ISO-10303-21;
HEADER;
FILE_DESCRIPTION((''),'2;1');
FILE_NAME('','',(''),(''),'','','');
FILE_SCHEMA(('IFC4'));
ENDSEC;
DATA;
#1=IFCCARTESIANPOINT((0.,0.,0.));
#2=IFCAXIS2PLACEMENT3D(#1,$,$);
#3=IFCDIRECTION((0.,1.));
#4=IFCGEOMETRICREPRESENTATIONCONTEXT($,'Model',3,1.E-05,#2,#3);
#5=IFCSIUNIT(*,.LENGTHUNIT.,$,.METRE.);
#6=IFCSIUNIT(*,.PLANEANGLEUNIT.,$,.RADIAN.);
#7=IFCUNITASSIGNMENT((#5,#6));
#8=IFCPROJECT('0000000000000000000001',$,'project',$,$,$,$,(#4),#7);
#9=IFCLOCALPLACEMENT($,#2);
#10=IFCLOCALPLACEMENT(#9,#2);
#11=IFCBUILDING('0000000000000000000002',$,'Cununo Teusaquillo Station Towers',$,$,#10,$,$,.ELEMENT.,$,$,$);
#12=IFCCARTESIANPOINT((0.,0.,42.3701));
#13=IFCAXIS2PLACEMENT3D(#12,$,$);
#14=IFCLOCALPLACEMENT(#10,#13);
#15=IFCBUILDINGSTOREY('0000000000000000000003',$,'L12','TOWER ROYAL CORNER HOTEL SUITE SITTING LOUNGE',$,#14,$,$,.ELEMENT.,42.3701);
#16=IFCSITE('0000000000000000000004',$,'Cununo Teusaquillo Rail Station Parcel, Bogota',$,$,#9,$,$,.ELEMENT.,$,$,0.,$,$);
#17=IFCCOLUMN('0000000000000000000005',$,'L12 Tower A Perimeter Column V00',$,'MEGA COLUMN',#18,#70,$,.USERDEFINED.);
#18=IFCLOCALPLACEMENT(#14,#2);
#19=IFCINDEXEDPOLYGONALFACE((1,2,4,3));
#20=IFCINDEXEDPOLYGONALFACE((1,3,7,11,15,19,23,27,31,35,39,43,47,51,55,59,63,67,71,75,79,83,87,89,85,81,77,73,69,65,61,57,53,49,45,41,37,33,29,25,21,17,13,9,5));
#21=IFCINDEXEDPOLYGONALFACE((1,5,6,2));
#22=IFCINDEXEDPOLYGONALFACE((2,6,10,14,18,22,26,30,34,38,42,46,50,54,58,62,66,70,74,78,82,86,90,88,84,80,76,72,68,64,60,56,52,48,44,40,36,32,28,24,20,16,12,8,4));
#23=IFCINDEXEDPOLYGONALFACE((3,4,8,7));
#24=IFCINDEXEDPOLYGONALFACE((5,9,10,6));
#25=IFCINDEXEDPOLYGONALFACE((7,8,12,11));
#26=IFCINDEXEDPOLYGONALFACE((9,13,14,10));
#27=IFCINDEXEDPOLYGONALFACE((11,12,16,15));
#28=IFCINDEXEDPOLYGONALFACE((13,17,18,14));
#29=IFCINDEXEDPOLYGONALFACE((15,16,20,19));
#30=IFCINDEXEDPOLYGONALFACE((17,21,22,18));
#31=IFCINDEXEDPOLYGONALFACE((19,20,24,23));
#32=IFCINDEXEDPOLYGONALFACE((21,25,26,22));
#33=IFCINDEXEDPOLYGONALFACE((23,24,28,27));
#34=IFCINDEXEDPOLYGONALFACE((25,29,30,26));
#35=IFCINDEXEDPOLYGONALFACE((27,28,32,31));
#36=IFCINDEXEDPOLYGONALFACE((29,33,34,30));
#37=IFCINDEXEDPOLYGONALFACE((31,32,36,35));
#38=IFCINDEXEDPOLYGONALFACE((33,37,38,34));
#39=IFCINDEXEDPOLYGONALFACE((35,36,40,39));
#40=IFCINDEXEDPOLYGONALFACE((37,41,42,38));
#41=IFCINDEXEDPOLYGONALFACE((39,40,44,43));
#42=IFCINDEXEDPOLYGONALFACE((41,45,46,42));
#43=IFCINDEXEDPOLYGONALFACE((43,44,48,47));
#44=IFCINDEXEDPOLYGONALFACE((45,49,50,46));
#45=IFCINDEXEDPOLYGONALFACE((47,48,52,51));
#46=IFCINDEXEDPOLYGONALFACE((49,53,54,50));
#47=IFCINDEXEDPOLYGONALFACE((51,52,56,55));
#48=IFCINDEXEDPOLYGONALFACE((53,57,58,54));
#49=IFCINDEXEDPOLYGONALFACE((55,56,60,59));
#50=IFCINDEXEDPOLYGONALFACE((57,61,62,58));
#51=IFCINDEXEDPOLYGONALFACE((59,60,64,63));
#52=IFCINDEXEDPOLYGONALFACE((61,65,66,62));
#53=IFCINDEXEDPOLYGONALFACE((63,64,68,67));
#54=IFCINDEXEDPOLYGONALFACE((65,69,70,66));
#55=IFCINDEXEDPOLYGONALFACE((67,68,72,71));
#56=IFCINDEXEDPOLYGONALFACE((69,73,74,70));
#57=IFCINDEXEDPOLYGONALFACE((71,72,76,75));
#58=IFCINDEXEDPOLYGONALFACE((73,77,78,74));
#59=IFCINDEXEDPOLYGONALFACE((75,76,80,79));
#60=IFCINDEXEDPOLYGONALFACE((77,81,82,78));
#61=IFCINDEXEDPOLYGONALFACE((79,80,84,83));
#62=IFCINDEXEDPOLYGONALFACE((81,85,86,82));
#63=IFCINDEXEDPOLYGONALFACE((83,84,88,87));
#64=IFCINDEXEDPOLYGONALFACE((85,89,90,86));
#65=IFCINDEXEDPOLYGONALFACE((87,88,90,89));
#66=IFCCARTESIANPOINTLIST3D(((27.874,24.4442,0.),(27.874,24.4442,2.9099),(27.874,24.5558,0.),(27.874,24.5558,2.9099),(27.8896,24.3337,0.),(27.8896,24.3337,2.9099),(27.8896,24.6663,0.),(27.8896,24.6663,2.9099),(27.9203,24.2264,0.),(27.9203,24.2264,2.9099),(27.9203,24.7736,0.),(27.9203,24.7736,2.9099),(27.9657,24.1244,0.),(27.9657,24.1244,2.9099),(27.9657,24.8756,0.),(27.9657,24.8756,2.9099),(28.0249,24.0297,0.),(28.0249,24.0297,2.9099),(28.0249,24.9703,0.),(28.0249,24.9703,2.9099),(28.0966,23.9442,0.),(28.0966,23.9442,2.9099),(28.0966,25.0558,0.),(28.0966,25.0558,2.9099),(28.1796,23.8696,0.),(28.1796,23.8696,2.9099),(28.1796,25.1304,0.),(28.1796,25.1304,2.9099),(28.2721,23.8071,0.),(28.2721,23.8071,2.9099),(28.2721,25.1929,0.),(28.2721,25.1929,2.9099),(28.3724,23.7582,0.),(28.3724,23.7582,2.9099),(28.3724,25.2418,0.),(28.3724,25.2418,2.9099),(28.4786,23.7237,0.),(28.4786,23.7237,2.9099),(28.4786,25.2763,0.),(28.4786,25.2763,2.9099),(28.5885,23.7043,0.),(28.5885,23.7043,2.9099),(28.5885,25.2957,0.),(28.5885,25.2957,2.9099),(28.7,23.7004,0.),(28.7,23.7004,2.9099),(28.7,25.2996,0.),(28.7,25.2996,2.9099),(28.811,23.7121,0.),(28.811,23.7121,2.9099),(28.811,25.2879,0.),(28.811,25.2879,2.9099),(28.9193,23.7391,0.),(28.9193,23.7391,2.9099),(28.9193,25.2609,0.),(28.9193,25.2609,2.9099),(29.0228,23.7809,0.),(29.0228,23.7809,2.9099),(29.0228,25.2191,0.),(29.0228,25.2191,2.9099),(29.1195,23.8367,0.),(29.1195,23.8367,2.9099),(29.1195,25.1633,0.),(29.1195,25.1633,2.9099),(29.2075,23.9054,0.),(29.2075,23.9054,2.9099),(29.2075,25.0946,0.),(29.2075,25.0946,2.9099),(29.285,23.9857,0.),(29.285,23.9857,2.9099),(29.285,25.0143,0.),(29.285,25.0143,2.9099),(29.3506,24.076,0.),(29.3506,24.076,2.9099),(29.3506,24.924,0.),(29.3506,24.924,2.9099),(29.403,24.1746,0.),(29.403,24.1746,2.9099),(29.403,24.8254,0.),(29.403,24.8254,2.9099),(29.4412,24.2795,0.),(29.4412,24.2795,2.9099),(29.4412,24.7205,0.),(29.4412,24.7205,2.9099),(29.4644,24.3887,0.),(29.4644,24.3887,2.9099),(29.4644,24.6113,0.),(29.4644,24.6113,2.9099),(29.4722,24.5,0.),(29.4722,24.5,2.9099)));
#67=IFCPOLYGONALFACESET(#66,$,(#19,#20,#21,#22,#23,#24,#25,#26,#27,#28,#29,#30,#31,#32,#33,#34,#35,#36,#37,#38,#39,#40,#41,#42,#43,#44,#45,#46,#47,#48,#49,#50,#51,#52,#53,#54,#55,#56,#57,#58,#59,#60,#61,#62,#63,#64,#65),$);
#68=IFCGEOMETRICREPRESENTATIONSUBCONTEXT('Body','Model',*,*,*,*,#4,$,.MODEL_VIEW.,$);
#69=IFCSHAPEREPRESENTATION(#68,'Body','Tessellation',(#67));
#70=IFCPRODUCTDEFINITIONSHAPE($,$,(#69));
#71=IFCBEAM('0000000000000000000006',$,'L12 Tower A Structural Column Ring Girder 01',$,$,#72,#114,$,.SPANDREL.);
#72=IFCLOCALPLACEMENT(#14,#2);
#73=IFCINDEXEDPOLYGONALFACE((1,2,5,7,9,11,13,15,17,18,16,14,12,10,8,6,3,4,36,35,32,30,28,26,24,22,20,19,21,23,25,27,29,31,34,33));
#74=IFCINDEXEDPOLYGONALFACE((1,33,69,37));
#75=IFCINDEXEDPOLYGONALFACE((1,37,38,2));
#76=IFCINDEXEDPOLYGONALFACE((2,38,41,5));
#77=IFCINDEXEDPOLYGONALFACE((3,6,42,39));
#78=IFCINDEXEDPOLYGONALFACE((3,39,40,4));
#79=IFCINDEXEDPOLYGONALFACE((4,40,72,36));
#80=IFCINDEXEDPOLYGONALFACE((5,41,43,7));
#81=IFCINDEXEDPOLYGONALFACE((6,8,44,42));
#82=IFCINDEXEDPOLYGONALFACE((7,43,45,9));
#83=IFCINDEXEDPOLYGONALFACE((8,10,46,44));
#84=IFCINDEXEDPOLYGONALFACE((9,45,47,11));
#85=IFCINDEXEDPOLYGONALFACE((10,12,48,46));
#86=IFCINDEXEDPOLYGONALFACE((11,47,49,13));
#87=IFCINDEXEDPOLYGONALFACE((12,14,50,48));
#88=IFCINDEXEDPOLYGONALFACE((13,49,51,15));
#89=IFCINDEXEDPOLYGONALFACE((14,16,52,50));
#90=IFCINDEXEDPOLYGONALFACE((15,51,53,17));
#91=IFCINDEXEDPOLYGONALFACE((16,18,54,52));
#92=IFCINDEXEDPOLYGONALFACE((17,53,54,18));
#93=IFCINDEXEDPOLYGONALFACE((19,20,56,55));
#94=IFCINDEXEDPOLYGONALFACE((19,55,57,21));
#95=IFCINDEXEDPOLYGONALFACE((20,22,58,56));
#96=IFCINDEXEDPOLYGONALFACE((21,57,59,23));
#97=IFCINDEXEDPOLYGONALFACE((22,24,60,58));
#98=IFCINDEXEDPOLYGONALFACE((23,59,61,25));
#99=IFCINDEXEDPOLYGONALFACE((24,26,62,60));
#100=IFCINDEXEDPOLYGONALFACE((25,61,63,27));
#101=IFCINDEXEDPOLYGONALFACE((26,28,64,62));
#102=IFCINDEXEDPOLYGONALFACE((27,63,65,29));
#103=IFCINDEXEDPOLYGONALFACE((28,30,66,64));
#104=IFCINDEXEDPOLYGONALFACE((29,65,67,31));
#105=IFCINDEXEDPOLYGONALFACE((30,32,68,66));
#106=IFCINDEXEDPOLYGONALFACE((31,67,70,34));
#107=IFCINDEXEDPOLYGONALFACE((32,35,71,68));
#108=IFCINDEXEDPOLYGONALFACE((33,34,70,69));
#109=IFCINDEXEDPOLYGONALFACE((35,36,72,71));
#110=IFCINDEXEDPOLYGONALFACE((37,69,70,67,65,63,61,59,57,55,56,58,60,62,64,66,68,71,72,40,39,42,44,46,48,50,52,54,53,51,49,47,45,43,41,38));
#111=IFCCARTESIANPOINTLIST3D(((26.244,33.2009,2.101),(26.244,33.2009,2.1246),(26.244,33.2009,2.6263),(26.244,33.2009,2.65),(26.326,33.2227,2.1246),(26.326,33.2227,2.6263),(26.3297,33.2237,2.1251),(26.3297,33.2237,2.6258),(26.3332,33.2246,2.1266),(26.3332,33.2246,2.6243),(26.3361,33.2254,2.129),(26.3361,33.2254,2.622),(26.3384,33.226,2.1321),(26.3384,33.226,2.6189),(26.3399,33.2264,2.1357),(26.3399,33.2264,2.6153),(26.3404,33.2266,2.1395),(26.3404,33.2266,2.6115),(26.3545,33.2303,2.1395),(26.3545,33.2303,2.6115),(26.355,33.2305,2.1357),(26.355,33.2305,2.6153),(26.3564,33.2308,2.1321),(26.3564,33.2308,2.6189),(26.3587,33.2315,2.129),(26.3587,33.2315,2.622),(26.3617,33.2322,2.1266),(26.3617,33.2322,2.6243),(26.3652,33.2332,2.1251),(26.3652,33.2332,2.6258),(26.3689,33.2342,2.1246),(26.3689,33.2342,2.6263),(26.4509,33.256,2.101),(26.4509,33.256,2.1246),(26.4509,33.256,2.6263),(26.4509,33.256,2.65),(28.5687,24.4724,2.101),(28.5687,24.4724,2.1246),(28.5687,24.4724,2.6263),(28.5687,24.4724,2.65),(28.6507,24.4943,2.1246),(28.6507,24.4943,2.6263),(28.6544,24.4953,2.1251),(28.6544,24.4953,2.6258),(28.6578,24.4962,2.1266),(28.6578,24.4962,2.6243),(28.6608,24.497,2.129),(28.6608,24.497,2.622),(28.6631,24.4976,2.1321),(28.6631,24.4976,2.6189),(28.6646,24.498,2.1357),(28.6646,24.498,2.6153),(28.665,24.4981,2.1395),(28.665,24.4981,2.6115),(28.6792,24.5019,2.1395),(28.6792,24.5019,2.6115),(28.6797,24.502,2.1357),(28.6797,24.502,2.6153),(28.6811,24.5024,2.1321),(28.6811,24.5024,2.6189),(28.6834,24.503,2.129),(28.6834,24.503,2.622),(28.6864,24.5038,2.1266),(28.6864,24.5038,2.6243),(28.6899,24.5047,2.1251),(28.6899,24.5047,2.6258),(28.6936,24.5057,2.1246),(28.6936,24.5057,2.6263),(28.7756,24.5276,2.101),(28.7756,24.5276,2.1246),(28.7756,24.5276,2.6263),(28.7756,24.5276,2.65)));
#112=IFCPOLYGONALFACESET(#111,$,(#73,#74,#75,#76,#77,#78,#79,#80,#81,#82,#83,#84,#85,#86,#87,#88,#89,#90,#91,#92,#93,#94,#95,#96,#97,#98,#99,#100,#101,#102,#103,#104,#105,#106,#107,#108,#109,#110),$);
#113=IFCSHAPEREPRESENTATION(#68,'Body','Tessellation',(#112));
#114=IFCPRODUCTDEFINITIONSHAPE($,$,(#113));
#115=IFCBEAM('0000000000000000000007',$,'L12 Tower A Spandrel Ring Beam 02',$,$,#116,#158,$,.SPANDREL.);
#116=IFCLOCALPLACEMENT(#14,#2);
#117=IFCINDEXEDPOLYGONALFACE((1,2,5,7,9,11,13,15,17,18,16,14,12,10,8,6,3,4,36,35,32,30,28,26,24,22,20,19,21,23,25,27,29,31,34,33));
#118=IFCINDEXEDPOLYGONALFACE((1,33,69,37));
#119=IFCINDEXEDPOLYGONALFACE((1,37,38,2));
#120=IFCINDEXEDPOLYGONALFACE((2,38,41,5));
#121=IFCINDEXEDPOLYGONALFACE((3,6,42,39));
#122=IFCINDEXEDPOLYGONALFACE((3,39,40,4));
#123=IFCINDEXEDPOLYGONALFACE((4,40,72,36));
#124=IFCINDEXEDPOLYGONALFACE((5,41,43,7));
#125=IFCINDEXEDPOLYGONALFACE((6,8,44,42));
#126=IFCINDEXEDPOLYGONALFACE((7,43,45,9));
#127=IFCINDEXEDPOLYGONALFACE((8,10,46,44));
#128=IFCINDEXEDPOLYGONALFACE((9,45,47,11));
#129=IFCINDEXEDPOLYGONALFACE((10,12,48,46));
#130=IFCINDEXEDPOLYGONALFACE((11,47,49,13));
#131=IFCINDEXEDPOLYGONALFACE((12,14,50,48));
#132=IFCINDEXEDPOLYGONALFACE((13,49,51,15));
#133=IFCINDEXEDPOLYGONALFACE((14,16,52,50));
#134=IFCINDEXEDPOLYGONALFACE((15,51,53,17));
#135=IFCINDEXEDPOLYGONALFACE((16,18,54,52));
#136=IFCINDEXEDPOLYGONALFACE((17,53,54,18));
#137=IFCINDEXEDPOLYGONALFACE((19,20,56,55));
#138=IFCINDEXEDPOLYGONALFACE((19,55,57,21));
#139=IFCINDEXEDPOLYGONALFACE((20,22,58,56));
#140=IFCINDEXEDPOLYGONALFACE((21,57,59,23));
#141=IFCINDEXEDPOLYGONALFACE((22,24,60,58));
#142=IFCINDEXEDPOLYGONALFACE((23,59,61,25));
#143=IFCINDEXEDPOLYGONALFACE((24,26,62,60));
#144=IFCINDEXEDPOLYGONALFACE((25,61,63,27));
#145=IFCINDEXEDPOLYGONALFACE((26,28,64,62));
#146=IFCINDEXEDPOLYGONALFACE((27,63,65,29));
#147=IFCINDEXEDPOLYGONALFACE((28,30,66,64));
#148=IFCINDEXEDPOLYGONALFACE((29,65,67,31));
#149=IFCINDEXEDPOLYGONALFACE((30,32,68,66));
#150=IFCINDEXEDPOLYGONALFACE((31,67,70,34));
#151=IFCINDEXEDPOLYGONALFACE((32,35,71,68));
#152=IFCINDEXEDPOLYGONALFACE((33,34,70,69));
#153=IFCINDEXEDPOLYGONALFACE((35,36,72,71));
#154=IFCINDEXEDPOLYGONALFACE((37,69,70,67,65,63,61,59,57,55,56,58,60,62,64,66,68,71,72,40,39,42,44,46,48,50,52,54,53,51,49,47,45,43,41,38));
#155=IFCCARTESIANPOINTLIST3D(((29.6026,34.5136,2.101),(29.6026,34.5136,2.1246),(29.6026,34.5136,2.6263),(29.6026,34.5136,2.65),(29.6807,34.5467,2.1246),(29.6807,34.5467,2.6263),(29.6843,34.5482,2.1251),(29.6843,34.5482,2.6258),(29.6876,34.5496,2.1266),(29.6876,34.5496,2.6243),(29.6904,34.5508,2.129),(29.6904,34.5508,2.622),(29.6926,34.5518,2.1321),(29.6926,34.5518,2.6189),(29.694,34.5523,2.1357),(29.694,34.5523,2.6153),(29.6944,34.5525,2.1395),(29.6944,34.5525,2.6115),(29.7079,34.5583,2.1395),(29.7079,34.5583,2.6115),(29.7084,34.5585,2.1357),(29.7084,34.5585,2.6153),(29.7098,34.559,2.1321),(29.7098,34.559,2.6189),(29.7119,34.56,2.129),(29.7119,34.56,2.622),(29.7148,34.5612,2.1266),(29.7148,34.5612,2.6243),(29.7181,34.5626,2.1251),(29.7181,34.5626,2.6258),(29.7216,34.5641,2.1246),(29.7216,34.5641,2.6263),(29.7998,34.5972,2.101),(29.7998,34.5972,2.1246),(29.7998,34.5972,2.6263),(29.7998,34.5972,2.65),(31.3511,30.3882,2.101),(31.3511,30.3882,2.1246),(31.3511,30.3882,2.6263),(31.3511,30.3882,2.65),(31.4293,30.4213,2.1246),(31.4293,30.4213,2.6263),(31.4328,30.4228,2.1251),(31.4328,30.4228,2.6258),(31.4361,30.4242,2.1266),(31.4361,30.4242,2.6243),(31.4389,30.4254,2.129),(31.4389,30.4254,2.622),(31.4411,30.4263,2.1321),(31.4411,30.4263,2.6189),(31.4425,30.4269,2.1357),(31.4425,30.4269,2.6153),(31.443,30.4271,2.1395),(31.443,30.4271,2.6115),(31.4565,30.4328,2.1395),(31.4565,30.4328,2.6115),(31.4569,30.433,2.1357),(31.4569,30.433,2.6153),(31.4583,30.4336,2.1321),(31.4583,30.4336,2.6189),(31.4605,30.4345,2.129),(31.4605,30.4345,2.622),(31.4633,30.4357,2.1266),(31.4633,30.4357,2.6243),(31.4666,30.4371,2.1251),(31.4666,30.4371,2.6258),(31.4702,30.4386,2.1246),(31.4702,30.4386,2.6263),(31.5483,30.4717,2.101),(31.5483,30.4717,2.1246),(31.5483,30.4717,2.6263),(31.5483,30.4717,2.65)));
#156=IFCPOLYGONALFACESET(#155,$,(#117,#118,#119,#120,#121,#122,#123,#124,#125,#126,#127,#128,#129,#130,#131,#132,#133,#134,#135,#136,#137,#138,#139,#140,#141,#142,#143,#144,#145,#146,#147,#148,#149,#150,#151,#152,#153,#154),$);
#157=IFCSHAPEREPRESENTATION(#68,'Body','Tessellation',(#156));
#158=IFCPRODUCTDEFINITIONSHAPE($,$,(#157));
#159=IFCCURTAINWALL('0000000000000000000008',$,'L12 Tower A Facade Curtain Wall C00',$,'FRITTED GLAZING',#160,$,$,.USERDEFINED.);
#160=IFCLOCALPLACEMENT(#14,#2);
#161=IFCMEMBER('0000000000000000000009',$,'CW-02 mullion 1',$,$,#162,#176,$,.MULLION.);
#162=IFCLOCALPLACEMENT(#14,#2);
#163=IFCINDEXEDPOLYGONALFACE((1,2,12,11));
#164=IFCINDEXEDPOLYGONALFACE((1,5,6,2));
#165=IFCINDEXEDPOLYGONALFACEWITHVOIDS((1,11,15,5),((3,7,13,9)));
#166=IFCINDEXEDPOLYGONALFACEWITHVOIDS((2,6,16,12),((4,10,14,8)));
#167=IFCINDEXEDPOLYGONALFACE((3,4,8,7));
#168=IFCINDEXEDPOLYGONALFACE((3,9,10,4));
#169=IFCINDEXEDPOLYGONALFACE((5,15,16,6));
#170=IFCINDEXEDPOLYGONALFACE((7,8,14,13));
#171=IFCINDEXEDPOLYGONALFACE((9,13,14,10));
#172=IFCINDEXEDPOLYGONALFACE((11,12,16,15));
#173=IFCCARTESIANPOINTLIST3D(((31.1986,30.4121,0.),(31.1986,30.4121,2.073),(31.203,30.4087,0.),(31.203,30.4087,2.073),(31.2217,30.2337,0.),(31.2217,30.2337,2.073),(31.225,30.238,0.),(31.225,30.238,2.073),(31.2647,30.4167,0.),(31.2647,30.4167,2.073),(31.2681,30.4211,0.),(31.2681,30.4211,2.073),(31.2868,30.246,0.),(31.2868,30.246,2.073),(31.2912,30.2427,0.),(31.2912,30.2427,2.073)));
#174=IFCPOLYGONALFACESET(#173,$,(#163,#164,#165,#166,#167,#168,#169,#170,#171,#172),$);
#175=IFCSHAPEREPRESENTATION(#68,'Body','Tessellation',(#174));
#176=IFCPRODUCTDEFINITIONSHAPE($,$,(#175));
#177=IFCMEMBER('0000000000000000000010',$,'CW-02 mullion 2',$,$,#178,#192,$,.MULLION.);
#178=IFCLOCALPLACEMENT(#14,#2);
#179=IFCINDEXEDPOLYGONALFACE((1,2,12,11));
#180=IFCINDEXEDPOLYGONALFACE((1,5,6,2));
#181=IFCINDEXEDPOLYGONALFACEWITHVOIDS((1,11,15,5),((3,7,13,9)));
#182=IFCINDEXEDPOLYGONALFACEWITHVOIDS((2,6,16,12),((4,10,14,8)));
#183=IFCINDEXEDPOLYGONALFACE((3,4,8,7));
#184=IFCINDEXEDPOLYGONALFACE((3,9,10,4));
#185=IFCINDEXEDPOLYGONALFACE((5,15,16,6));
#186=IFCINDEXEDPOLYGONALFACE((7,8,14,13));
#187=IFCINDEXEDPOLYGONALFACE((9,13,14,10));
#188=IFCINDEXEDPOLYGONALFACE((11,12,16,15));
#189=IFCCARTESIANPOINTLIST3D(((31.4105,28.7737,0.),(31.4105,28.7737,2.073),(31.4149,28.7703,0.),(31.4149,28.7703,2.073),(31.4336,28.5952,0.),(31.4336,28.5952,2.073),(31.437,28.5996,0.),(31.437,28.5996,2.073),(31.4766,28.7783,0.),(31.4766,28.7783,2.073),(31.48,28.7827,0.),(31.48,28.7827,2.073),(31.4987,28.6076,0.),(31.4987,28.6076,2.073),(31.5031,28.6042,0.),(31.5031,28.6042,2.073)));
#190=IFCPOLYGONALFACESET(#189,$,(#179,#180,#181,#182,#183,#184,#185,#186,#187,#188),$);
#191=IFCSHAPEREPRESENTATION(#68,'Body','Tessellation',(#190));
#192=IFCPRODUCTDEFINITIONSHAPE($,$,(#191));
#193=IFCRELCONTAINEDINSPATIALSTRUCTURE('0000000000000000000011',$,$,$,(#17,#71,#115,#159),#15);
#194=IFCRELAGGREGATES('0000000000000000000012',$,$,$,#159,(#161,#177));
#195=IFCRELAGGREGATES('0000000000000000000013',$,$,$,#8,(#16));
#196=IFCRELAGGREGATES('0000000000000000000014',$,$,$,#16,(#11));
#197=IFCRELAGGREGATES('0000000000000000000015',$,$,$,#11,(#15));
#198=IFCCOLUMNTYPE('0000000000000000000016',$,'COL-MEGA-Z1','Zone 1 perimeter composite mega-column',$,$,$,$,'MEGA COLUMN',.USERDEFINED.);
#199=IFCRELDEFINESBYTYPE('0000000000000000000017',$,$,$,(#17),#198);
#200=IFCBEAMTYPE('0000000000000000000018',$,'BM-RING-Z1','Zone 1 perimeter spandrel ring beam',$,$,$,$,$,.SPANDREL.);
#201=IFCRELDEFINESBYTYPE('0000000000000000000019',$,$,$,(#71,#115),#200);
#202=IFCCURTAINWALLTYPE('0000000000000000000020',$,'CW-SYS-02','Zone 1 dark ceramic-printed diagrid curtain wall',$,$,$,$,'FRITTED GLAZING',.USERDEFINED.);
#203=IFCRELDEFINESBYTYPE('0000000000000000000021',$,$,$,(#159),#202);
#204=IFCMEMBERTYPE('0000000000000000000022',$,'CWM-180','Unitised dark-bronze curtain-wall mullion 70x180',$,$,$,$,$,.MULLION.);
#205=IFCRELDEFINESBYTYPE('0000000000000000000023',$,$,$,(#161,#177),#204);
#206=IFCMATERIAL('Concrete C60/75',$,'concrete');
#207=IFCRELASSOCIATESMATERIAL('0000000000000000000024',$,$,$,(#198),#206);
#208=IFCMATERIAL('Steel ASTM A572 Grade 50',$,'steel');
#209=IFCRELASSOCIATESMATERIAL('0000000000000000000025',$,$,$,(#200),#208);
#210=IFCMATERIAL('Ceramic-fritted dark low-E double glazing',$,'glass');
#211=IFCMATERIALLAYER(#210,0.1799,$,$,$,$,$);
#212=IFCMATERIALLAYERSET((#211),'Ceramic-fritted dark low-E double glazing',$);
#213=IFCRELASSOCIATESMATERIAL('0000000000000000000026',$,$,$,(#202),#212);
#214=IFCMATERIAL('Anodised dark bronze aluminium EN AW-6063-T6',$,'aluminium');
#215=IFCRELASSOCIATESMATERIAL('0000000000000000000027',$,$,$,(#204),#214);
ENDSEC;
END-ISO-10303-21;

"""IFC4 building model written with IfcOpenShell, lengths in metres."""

from ifc_helpers import new_model, si_unit, direction, frame, origin, origin_2d, place, context, subcontext, project, spatial, hollow_rectangle, circle, i_section, extrude, material, layer, layer_set, material_profile, profile_set, type_object, element, aggregate, save


model = new_model("IFC4")

# Units and contexts
model_context = context("Model", 3, precision=1e-05, world=origin(), true_north=direction((0.0, 1.0)))
body_context = subcontext(model_context, "Body", "Model", "MODEL_VIEW")
ifc_project = project(units=[si_unit("LENGTHUNIT", "METRE"), si_unit("PLANEANGLEUNIT", "RADIAN")], contexts=[model_context])

# Site, building, storey
site_placement = place(None, origin())
site = spatial("IfcSite", under=ifc_project, at=site_placement, Name="Cununo Teusaquillo Rail Station Parcel, Bogota", CompositionType="ELEMENT", RefElevation=0.0)
building_placement = place(site_placement, origin())
building = spatial("IfcBuilding", under=site, at=building_placement, Name="Cununo Teusaquillo Station Towers", CompositionType="ELEMENT")
storey_placement = place(building_placement, frame((0.0, 0.0, 42.3701)))
storey = spatial("IfcBuildingStorey", under=building, at=storey_placement, Name="L12", Description="TOWER ROYAL CORNER HOTEL SUITE SITTING LOUNGE", CompositionType="ELEMENT", Elevation=42.3701)

# Column
ifc_material_1 = material(Name="Concrete C60/75", Category="concrete")
ifc_material_profile_1 = material_profile(ifc_material_1, circle(Radius=0.8, at=origin_2d()), Name="RC-CIRC-1600")
ifc_profile_set_1 = profile_set([ifc_material_profile_1], Name="Concrete C60/75")
column_type = type_object("IfcColumnType", Name="COL-MEGA-Z1", Description="Zone 1 perimeter composite mega-column", ElementType="MEGA COLUMN", PredefinedType="USERDEFINED", material=ifc_profile_set_1)
column_placement = place(storey_placement, frame((28.6721, 24.5, 0.0), z_axis=(0.0, 0.0, 1.0), x_axis=(1.0, 0.0, 0.0)))
element("IfcColumn", 1, at=column_placement, inside=storey, type_object=column_type, Name="L12 Tower A Perimeter Column V00", ObjectType="MEGA COLUMN", PredefinedType="USERDEFINED", context=body_context, shape_type="SweptSolid", body=[
    extrude(circle(Radius=0.8, at=origin_2d()), origin(), (0.0, 0.0, 1.0), 2.9099),
])

# Beams
ifc_material_2 = material(Name="Steel ASTM A572 Grade 50", Category="steel")
ifc_material_profile_2 = material_profile(ifc_material_2, i_section(OverallWidth=0.2141, OverallDepth=0.5491, WebThickness=0.0146, FlangeThickness=0.0237, FilletRadius=0.0149, at=origin_2d()), Name="W21X93")
ifc_profile_set_2 = profile_set([ifc_material_profile_2], Name="Steel ASTM A572 Grade 50")
beam_type = type_object("IfcBeamType", Name="BM-RING-Z1", Description="Zone 1 perimeter spandrel ring beam", PredefinedType="SPANDREL", material=ifc_profile_set_2)
beam_1_placement = place(storey_placement, frame((28.6721, 24.5, 2.3755), z_axis=(-0.257363, 0.966315, 0.0), x_axis=(-0.966315, -0.257363, 0.0)))
element("IfcBeam", 2, at=beam_1_placement, inside=storey, type_object=beam_type, Name="L12 Tower A Structural Column Ring Girder 01", PredefinedType="SPANDREL", context=body_context, shape_type="SweptSolid", body=[
    extrude(i_section(OverallWidth=0.2141, OverallDepth=0.5491, WebThickness=0.0146, FlangeThickness=0.0237, FilletRadius=0.0149, at=origin_2d()), origin(), (0.0, 0.0, 1.0), 9.0327),
])
beam_2_placement = place(storey_placement, frame((31.4497, 30.4299, 2.3755), z_axis=(-0.390234, 0.920716, 0.0), x_axis=(-0.920716, -0.390234, 0.0)))
element("IfcBeam", 3, at=beam_2_placement, inside=storey, type_object=beam_type, Name="L12 Tower A Spandrel Ring Beam 02", PredefinedType="SPANDREL", context=body_context, shape_type="SweptSolid", body=[
    extrude(i_section(OverallWidth=0.2141, OverallDepth=0.5491, WebThickness=0.0146, FlangeThickness=0.0237, FilletRadius=0.0149, at=origin_2d()), origin(), (0.0, 0.0, 1.0), 4.4807),
])

# Curtain wall, members
ifc_material_3 = material(Name="Ceramic-fritted dark low-E double glazing", Category="glass")
ifc_layer_1 = layer(ifc_material_3, 0.1799)
ifc_layer_set_1 = layer_set([ifc_layer_1], Name="Ceramic-fritted dark low-E double glazing")
curtain_wall_type = type_object("IfcCurtainWallType", Name="CW-SYS-02", Description="Zone 1 dark ceramic-printed diagrid curtain wall", ElementType="FRITTED GLAZING", PredefinedType="USERDEFINED", material=ifc_layer_set_1)
curtain_wall_placement = place(storey_placement, origin())
curtain_wall = element("IfcCurtainWall", 4, at=curtain_wall_placement, inside=storey, type_object=curtain_wall_type, Name="L12 Tower A Facade Curtain Wall C00", ObjectType="FRITTED GLAZING", PredefinedType="USERDEFINED")
ifc_material_4 = material(Name="Anodised dark bronze aluminium EN AW-6063-T6", Category="aluminium")
ifc_material_profile_3 = material_profile(ifc_material_4, hollow_rectangle(XDim=0.0701, YDim=0.1799, WallThickness=0.0039, at=origin_2d()), Name="CW-MULL-70x180")
ifc_profile_set_3 = profile_set([ifc_material_profile_3], Name="Anodised dark bronze aluminium EN AW-6063-T6")
member_type_1 = type_object("IfcMemberType", Name="CWM-180", Description="Unitised dark-bronze curtain-wall mullion 70x180", PredefinedType="MULLION", material=ifc_profile_set_3)
member_1_placement = place(storey_placement, frame((31.2449, 30.3274, 0.0), z_axis=(0.0, 0.0, 1.0), x_axis=(0.991731, 0.128336, 0.0)))
member_1 = element("IfcMember", 5, at=member_1_placement, type_object=member_type_1, Name="CW-02 mullion 1", PredefinedType="MULLION", context=body_context, shape_type="SweptSolid", body=[
    extrude(hollow_rectangle(XDim=0.0701, YDim=0.1799, WallThickness=0.0039, at=origin_2d()), origin(), (0.0, 0.0, 1.0), 2.073),
])
member_2_placement = place(storey_placement, frame((31.4568, 28.689, 0.0), z_axis=(0.0, 0.0, 1.0), x_axis=(0.991731, 0.128336, 0.0)))
member_2 = element("IfcMember", 6, at=member_2_placement, type_object=member_type_1, Name="CW-02 mullion 2", PredefinedType="MULLION", context=body_context, shape_type="SweptSolid", body=[
    extrude(hollow_rectangle(XDim=0.0701, YDim=0.1799, WallThickness=0.0039, at=origin_2d()), origin(), (0.0, 0.0, 1.0), 2.073),
])
aggregate(curtain_wall, [member_1, member_2])

save(model, "model.ifc")
